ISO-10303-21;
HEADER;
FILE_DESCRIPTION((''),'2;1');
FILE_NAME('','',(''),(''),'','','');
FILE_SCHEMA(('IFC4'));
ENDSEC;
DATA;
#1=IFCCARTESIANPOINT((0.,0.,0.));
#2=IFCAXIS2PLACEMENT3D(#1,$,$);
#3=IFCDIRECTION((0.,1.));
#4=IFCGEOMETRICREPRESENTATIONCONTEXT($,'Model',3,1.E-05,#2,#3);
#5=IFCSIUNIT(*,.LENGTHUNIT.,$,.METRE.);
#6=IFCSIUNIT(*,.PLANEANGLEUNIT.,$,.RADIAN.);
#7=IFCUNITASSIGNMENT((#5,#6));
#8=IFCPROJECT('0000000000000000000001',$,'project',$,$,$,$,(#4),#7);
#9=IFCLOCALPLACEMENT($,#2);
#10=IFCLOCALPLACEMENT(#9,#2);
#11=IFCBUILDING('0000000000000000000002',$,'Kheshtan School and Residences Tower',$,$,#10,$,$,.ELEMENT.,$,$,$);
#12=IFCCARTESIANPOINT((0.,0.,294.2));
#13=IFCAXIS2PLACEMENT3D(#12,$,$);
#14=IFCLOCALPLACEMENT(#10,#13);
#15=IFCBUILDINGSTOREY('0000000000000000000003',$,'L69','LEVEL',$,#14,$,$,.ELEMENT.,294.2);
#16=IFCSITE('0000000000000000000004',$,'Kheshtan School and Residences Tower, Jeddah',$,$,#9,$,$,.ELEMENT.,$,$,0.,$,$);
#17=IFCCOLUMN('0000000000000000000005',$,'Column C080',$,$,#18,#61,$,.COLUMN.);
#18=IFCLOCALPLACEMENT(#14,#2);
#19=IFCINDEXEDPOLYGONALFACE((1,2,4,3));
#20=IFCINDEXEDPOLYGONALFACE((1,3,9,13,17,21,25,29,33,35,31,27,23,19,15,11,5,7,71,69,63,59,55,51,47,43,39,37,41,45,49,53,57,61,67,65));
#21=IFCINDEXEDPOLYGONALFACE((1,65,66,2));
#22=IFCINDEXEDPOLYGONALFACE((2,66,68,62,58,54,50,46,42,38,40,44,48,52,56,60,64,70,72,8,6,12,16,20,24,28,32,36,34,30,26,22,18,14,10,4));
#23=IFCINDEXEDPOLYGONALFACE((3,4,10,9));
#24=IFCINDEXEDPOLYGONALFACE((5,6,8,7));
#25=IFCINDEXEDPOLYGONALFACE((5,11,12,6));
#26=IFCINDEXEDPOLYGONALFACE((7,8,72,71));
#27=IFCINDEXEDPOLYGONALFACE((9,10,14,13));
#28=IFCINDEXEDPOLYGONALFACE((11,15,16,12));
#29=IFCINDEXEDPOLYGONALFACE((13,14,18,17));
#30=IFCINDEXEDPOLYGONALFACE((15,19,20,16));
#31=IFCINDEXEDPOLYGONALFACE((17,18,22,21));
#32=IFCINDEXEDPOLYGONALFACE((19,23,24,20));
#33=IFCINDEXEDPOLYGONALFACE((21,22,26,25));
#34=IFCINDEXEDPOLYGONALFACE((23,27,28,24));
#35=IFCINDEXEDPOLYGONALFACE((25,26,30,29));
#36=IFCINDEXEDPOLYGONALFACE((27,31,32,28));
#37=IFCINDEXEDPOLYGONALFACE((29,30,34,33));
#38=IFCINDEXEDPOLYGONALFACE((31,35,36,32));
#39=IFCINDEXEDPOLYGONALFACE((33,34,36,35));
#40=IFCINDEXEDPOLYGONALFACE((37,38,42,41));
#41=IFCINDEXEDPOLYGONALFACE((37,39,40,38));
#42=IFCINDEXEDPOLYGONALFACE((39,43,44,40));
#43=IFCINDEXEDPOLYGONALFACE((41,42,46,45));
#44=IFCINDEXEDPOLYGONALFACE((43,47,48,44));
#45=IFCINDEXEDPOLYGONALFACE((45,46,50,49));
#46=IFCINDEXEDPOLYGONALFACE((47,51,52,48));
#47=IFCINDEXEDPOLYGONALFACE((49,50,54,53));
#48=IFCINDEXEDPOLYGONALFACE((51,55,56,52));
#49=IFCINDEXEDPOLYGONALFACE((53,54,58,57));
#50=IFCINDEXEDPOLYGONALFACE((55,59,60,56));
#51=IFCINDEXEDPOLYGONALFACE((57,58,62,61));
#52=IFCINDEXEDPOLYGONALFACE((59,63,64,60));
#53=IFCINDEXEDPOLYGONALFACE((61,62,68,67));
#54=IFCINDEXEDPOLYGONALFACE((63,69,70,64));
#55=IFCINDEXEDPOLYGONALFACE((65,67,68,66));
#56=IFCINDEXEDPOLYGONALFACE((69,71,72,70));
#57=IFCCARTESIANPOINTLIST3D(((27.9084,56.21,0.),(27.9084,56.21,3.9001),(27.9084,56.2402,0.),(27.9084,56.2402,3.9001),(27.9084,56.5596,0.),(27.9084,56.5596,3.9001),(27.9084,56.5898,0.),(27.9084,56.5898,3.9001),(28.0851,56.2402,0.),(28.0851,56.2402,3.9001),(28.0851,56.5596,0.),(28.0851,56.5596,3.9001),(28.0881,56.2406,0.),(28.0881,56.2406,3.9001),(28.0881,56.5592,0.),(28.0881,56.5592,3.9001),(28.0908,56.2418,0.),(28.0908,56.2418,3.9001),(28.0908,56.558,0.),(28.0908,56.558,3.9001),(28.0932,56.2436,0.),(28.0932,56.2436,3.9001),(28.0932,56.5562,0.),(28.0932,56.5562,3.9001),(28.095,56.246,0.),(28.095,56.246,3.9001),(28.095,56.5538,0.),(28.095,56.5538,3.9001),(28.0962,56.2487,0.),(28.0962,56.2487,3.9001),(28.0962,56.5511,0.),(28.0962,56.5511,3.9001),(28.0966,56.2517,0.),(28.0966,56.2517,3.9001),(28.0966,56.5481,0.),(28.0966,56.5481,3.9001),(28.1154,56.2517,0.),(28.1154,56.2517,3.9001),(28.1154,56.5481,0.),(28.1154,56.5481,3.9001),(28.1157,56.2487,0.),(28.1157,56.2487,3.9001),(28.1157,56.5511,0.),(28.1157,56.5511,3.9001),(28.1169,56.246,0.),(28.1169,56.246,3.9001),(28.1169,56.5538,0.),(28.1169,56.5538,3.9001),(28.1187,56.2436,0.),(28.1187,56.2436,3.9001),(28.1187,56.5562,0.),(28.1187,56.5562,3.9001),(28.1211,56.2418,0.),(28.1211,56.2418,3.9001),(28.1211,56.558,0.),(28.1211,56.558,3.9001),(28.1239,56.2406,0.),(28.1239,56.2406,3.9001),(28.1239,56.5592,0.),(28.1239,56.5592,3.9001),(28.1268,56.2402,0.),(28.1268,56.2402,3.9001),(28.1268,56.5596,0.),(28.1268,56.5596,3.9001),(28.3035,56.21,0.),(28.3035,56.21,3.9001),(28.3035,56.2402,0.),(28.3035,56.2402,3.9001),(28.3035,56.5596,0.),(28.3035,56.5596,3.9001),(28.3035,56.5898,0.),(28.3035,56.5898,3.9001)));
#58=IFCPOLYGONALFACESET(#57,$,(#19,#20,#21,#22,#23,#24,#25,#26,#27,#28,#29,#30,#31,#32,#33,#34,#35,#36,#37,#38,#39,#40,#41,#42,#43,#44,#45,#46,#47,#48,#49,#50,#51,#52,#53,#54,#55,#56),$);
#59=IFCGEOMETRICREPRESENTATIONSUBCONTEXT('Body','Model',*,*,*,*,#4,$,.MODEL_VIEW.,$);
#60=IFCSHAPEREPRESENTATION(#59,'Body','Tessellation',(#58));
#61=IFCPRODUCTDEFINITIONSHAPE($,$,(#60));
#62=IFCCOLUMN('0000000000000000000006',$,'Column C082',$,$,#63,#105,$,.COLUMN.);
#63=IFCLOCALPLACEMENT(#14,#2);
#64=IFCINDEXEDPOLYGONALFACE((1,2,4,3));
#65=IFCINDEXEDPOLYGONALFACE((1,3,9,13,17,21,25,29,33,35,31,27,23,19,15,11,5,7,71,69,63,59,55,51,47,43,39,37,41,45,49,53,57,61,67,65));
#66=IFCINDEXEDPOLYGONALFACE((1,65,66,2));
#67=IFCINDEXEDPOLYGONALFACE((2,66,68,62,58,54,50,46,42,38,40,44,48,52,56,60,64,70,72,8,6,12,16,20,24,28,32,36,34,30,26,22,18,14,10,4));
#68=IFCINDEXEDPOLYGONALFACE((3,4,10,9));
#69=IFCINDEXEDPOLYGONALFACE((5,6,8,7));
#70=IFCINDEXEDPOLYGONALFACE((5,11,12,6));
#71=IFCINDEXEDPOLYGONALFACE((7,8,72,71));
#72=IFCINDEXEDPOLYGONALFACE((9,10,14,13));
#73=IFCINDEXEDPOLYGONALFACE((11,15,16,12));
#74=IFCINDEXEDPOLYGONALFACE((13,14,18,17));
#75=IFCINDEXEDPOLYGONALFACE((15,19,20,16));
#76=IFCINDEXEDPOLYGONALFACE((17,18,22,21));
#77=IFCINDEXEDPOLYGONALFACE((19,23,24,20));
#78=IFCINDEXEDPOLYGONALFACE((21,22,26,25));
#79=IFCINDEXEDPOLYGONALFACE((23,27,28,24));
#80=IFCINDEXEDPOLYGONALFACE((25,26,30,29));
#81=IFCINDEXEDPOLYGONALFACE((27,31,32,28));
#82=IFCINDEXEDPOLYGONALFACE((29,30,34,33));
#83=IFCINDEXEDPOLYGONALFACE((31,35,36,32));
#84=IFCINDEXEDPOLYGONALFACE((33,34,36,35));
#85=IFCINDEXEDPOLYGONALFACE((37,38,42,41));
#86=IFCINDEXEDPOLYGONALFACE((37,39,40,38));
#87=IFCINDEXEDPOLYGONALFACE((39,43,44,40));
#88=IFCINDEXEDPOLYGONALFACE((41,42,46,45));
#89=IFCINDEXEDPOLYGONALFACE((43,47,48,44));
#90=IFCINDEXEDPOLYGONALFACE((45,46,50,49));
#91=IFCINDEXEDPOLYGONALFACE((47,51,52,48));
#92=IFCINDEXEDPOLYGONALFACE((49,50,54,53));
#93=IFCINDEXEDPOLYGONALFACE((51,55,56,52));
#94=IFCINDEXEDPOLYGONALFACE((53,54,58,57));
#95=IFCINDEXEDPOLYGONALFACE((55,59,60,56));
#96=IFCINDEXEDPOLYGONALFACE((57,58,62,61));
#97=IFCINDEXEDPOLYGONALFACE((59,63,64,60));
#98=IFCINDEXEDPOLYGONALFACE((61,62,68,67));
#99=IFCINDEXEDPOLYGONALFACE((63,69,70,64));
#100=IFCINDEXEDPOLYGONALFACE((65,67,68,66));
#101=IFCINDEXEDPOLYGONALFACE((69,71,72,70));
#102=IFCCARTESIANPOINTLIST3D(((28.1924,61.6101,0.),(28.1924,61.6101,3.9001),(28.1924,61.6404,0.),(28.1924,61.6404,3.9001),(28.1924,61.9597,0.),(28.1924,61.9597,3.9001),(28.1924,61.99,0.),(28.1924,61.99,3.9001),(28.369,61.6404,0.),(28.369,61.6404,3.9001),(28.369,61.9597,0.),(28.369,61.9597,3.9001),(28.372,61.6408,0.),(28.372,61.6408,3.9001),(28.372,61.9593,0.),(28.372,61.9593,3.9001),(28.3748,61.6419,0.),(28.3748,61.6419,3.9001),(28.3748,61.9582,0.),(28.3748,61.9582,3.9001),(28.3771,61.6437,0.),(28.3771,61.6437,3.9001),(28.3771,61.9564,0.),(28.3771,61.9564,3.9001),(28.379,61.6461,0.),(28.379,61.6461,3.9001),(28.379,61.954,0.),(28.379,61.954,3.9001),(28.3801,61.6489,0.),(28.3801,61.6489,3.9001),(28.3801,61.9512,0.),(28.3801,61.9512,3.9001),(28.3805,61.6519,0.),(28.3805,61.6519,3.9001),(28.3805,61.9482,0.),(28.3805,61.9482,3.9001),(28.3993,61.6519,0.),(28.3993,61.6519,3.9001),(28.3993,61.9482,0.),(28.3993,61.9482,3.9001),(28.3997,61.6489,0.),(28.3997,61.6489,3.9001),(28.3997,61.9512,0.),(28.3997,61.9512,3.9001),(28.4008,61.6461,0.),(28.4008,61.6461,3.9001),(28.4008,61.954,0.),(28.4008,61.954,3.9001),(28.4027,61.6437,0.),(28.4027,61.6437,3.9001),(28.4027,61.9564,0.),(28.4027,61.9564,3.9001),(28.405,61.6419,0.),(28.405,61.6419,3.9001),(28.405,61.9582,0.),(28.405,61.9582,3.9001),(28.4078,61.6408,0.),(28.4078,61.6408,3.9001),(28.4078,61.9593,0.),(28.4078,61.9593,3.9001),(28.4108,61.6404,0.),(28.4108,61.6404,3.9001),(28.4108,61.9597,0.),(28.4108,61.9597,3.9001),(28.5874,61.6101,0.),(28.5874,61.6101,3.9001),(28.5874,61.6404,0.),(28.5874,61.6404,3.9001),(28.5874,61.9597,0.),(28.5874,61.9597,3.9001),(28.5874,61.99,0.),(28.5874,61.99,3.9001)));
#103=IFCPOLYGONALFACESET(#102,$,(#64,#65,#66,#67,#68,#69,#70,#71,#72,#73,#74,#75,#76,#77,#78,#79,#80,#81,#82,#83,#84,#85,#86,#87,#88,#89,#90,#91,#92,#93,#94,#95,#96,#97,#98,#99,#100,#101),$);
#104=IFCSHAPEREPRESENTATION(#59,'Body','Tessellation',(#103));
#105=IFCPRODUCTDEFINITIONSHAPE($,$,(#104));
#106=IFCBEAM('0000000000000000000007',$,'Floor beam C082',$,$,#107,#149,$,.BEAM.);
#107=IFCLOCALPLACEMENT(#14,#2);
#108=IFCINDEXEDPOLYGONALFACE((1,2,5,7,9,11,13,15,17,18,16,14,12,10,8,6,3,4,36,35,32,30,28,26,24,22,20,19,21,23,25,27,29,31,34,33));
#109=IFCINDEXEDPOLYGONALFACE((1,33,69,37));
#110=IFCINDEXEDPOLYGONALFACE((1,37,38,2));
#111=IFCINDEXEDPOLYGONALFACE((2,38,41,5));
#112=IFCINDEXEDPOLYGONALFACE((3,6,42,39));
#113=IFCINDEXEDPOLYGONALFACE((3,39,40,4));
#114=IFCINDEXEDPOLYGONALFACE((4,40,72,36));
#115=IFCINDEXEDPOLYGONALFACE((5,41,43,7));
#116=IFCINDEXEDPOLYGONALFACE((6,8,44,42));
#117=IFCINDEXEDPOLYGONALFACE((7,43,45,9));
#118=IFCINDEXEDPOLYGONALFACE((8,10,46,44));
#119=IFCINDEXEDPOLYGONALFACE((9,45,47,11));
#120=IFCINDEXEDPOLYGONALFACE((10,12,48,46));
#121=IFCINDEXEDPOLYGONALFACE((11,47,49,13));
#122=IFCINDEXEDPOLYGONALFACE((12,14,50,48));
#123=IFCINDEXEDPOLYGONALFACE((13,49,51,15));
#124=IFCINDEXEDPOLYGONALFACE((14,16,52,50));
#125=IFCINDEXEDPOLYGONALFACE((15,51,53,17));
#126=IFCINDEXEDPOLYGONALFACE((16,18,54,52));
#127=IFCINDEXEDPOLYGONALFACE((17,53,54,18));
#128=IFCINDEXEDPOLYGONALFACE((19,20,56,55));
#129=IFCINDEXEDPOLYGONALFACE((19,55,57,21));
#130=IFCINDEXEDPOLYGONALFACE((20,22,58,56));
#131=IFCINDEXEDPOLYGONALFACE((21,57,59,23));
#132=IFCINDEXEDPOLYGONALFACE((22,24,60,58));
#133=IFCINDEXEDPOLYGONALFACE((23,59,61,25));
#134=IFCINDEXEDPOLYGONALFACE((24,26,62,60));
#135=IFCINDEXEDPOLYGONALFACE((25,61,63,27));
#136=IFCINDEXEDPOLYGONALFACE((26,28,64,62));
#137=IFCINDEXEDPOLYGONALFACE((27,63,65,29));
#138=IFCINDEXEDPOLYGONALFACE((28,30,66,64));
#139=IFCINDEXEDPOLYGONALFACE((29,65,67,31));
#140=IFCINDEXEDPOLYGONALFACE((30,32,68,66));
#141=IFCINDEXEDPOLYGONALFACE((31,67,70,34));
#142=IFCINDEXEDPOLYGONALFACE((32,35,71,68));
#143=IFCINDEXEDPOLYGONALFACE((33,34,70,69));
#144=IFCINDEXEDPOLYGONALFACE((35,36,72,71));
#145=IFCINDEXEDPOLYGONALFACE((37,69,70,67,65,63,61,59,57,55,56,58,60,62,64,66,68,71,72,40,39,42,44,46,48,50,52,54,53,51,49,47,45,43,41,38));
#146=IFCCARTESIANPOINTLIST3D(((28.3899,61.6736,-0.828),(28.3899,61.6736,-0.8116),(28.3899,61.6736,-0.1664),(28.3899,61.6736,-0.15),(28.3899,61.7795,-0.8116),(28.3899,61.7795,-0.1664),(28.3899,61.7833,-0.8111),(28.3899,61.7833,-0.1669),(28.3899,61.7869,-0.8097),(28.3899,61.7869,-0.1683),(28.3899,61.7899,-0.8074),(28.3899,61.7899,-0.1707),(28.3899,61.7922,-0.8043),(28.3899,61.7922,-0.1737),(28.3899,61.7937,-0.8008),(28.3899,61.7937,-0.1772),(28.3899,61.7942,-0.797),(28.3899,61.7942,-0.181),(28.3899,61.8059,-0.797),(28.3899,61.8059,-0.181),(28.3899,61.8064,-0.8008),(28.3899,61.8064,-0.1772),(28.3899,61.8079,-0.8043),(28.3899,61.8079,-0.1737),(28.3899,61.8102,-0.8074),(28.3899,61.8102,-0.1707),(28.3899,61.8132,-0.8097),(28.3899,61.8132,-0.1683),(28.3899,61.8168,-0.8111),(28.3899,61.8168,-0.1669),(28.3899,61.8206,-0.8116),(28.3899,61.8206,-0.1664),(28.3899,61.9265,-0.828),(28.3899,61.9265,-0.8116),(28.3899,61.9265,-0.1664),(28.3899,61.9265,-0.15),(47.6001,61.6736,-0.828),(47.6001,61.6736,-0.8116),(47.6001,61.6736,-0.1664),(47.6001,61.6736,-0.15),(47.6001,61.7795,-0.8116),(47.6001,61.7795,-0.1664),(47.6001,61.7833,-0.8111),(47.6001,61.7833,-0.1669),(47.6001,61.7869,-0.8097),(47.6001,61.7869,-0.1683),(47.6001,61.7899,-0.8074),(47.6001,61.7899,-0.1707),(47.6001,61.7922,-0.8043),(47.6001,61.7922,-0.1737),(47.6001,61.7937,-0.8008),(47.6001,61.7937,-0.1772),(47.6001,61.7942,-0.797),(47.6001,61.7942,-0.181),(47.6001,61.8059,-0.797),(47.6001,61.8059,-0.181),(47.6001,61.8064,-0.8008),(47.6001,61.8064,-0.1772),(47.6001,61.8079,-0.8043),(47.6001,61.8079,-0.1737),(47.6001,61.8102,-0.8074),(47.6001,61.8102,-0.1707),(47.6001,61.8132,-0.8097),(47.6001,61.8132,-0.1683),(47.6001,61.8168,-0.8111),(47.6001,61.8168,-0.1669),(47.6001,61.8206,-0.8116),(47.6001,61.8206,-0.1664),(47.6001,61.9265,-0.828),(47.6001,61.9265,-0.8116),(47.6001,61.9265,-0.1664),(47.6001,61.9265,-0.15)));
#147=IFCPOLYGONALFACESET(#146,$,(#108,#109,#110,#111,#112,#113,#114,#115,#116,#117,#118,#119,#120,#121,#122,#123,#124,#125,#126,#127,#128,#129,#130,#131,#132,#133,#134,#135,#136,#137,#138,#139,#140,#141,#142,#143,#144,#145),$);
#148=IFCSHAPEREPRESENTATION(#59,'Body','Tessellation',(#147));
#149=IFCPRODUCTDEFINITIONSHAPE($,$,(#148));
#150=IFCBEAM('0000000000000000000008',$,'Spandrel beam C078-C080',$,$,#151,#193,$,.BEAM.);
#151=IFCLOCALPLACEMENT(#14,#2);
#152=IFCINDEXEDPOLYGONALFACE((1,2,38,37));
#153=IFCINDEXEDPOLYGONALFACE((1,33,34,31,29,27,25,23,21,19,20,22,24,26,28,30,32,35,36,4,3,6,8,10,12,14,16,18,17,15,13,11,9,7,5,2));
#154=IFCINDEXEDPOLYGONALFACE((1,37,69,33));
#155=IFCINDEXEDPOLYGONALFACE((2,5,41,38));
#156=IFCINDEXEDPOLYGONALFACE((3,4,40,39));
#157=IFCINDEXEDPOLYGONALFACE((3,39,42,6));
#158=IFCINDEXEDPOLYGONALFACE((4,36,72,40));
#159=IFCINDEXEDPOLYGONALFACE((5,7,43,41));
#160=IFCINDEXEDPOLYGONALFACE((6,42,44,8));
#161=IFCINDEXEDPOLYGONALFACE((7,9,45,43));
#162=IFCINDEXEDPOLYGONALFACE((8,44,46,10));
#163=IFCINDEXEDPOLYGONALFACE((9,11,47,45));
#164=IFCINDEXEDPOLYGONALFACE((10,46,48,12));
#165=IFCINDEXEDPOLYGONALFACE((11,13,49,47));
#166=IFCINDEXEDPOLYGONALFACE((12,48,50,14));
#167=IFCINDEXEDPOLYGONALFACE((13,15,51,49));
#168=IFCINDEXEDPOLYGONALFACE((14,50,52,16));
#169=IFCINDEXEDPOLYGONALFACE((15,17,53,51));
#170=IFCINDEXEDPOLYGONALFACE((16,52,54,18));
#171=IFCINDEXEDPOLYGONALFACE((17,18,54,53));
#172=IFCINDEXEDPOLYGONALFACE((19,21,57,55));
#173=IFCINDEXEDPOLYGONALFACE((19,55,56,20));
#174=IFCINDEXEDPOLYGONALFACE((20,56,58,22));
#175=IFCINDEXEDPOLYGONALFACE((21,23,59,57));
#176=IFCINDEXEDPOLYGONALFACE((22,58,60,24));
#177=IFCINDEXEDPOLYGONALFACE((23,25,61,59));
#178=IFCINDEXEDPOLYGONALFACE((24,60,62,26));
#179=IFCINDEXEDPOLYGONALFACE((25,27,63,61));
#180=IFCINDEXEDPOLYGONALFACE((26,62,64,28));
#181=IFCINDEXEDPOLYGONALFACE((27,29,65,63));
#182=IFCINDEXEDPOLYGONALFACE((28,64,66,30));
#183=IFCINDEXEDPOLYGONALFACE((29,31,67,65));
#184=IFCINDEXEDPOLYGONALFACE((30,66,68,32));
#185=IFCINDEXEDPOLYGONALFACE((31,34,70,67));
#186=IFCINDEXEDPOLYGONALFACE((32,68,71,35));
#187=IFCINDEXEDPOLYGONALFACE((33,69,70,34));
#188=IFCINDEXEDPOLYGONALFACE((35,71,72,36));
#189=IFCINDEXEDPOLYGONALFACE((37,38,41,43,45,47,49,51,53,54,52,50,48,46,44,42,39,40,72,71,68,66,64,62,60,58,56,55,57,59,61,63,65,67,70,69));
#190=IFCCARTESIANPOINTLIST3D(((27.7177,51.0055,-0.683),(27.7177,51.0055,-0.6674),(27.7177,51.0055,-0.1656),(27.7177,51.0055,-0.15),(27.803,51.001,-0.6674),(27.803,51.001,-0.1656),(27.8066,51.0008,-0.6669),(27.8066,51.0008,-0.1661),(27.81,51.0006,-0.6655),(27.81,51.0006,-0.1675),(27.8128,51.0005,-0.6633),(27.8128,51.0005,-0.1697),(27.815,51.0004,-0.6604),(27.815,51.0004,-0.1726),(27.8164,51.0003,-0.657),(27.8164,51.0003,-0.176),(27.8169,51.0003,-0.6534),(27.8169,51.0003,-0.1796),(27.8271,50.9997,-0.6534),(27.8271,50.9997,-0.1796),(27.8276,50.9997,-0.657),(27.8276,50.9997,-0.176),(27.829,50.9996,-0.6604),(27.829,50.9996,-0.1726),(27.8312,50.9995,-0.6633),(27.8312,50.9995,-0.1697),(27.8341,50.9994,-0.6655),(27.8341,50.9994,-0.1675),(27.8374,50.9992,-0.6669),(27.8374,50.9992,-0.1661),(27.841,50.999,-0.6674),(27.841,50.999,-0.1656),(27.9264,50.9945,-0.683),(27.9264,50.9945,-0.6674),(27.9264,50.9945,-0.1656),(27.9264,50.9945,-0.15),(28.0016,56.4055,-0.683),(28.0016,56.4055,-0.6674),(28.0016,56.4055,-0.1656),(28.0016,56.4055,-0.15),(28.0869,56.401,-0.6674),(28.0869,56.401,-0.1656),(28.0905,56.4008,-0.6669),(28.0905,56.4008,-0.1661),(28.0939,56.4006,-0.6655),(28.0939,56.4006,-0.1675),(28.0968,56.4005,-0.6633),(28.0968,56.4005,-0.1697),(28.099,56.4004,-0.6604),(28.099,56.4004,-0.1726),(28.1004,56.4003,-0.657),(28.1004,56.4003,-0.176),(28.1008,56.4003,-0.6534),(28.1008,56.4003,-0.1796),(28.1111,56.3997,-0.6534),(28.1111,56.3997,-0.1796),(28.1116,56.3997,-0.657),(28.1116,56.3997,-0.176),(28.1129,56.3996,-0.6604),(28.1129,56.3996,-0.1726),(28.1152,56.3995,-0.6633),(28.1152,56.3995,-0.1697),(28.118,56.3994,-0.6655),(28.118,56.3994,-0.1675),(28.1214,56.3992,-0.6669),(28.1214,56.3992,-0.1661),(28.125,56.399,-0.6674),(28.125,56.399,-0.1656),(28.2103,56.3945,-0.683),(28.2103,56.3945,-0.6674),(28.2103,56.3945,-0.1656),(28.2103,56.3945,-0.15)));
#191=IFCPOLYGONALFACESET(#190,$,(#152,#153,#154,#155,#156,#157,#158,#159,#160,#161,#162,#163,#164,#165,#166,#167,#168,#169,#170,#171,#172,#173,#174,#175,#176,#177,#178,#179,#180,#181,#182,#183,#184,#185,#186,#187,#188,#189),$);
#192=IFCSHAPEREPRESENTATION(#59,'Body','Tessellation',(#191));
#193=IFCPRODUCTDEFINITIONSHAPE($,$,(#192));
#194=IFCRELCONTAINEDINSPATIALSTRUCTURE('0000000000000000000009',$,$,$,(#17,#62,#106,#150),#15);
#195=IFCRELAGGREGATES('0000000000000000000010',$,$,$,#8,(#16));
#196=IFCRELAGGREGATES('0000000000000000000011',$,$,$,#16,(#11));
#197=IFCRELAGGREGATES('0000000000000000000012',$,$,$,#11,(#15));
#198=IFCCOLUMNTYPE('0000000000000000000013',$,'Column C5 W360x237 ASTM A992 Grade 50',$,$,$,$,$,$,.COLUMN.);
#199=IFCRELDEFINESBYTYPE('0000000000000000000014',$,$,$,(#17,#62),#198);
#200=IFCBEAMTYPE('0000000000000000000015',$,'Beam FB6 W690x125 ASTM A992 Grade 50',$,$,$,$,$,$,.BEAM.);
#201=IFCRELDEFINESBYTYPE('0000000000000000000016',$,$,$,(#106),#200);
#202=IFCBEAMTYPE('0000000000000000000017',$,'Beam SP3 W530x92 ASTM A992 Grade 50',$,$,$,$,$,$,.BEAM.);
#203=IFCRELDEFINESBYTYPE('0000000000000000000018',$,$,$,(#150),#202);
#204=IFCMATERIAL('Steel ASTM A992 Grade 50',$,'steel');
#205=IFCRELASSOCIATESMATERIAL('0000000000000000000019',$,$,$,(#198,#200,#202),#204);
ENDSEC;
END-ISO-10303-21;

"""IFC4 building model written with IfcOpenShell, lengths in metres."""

from ifc_helpers import new_model, si_unit, direction, frame, origin, origin_2d, place, context, subcontext, project, spatial, i_section, extrude, material, material_profile, profile_set, type_object, element, save


model = new_model("IFC4")

# Units and contexts
model_context = context("Model", 3, precision=1e-05, world=origin(), true_north=direction((0.0, 1.0)))
body_context = subcontext(model_context, "Body", "Model", "MODEL_VIEW")
ifc_project = project(units=[si_unit("LENGTHUNIT", "METRE"), si_unit("PLANEANGLEUNIT", "RADIAN")], contexts=[model_context])

# Site, building, storey
site_placement = place(None, origin())
site = spatial("IfcSite", under=ifc_project, at=site_placement, Name="Kheshtan School and Residences Tower, Jeddah", CompositionType="ELEMENT", RefElevation=0.0)
building_placement = place(site_placement, origin())
building = spatial("IfcBuilding", under=site, at=building_placement, Name="Kheshtan School and Residences Tower", CompositionType="ELEMENT")
storey_placement = place(building_placement, frame((0.0, 0.0, 294.2)))
storey = spatial("IfcBuildingStorey", under=building, at=storey_placement, Name="L69", Description="LEVEL", CompositionType="ELEMENT", Elevation=294.2)

# Columns
ifc_material_1 = material(Name="Steel ASTM A992 Grade 50", Category="steel")
ifc_material_profile_1 = material_profile(ifc_material_1, i_section(OverallWidth=0.395, OverallDepth=0.3799, WebThickness=0.0188, FlangeThickness=0.0303, FilletRadius=0.0115, at=origin_2d()), Name="W360x237")
ifc_profile_set_1 = profile_set([ifc_material_profile_1], Name="Steel ASTM A992 Grade 50")
column_type = type_object("IfcColumnType", Name="Column C5 W360x237 ASTM A992 Grade 50", PredefinedType="COLUMN", material=ifc_profile_set_1)
for number, where, z_axis, x_axis, name in (
    (1, (28.106, 56.3999, 0.0), (0.0, 0.0, 1.0), (1.0, 0.0, 0.0), "Column C080"),
    (2, (28.3899, 61.8, 0.0), (0.0, 0.0, 1.0), (1.0, 0.0, 0.0), "Column C082"),
):
    element("IfcColumn", number, at=place(storey_placement, frame(where, z_axis=z_axis, x_axis=x_axis)), inside=storey, type_object=column_type, Name=name, PredefinedType="COLUMN", context=body_context, shape_type="SweptSolid", body=[
        extrude(i_section(OverallWidth=0.395, OverallDepth=0.3799, WebThickness=0.0188, FlangeThickness=0.0303, FilletRadius=0.0115, at=origin_2d()), origin(), (0.0, 0.0, 1.0), 3.9001),
    ])

# Beams
ifc_material_profile_2 = material_profile(ifc_material_1, i_section(OverallWidth=0.2529, OverallDepth=0.678, WebThickness=0.0117, FlangeThickness=0.0164, FilletRadius=0.0146, at=origin_2d()), Name="W690x125")
ifc_profile_set_2 = profile_set([ifc_material_profile_2], Name="Steel ASTM A992 Grade 50")
beam_type_1 = type_object("IfcBeamType", Name="Beam FB6 W690x125 ASTM A992 Grade 50", PredefinedType="BEAM", material=ifc_profile_set_2)
beam_1_placement = place(storey_placement, frame((28.3899, 61.8, -0.489), z_axis=(1.0, 0.0, 0.0), x_axis=(0.0, 1.0, 0.0)))
element("IfcBeam", 3, at=beam_1_placement, inside=storey, type_object=beam_type_1, Name="Floor beam C082", PredefinedType="BEAM", context=body_context, shape_type="SweptSolid", body=[
    extrude(i_section(OverallWidth=0.2529, OverallDepth=0.678, WebThickness=0.0117, FlangeThickness=0.0164, FilletRadius=0.0146, at=origin_2d()), origin(), (0.0, 0.0, 1.0), 19.2102),
])
ifc_material_profile_3 = material_profile(ifc_material_1, i_section(OverallWidth=0.209, OverallDepth=0.533, WebThickness=0.0103, FlangeThickness=0.0156, FilletRadius=0.0139, at=origin_2d()), Name="W530x92")
ifc_profile_set_3 = profile_set([ifc_material_profile_3], Name="Steel ASTM A992 Grade 50")
beam_type_2 = type_object("IfcBeamType", Name="Beam SP3 W530x92 ASTM A992 Grade 50", PredefinedType="BEAM", material=ifc_profile_set_3)
beam_2_placement = place(storey_placement, frame((27.822, 51.0, -0.4165), z_axis=(0.052509, 0.99862, 0.0), x_axis=(-0.99862, 0.052509, 0.0)))
element("IfcBeam", 4, at=beam_2_placement, inside=storey, type_object=beam_type_2, Name="Spandrel beam C078-C080", PredefinedType="BEAM", context=body_context, shape_type="SweptSolid", body=[
    extrude(i_section(OverallWidth=0.209, OverallDepth=0.533, WebThickness=0.0103, FlangeThickness=0.0156, FilletRadius=0.0139, at=origin_2d()), origin(), (0.0, 0.0, 1.0), 5.4075),
])

save(model, "model.ifc")
